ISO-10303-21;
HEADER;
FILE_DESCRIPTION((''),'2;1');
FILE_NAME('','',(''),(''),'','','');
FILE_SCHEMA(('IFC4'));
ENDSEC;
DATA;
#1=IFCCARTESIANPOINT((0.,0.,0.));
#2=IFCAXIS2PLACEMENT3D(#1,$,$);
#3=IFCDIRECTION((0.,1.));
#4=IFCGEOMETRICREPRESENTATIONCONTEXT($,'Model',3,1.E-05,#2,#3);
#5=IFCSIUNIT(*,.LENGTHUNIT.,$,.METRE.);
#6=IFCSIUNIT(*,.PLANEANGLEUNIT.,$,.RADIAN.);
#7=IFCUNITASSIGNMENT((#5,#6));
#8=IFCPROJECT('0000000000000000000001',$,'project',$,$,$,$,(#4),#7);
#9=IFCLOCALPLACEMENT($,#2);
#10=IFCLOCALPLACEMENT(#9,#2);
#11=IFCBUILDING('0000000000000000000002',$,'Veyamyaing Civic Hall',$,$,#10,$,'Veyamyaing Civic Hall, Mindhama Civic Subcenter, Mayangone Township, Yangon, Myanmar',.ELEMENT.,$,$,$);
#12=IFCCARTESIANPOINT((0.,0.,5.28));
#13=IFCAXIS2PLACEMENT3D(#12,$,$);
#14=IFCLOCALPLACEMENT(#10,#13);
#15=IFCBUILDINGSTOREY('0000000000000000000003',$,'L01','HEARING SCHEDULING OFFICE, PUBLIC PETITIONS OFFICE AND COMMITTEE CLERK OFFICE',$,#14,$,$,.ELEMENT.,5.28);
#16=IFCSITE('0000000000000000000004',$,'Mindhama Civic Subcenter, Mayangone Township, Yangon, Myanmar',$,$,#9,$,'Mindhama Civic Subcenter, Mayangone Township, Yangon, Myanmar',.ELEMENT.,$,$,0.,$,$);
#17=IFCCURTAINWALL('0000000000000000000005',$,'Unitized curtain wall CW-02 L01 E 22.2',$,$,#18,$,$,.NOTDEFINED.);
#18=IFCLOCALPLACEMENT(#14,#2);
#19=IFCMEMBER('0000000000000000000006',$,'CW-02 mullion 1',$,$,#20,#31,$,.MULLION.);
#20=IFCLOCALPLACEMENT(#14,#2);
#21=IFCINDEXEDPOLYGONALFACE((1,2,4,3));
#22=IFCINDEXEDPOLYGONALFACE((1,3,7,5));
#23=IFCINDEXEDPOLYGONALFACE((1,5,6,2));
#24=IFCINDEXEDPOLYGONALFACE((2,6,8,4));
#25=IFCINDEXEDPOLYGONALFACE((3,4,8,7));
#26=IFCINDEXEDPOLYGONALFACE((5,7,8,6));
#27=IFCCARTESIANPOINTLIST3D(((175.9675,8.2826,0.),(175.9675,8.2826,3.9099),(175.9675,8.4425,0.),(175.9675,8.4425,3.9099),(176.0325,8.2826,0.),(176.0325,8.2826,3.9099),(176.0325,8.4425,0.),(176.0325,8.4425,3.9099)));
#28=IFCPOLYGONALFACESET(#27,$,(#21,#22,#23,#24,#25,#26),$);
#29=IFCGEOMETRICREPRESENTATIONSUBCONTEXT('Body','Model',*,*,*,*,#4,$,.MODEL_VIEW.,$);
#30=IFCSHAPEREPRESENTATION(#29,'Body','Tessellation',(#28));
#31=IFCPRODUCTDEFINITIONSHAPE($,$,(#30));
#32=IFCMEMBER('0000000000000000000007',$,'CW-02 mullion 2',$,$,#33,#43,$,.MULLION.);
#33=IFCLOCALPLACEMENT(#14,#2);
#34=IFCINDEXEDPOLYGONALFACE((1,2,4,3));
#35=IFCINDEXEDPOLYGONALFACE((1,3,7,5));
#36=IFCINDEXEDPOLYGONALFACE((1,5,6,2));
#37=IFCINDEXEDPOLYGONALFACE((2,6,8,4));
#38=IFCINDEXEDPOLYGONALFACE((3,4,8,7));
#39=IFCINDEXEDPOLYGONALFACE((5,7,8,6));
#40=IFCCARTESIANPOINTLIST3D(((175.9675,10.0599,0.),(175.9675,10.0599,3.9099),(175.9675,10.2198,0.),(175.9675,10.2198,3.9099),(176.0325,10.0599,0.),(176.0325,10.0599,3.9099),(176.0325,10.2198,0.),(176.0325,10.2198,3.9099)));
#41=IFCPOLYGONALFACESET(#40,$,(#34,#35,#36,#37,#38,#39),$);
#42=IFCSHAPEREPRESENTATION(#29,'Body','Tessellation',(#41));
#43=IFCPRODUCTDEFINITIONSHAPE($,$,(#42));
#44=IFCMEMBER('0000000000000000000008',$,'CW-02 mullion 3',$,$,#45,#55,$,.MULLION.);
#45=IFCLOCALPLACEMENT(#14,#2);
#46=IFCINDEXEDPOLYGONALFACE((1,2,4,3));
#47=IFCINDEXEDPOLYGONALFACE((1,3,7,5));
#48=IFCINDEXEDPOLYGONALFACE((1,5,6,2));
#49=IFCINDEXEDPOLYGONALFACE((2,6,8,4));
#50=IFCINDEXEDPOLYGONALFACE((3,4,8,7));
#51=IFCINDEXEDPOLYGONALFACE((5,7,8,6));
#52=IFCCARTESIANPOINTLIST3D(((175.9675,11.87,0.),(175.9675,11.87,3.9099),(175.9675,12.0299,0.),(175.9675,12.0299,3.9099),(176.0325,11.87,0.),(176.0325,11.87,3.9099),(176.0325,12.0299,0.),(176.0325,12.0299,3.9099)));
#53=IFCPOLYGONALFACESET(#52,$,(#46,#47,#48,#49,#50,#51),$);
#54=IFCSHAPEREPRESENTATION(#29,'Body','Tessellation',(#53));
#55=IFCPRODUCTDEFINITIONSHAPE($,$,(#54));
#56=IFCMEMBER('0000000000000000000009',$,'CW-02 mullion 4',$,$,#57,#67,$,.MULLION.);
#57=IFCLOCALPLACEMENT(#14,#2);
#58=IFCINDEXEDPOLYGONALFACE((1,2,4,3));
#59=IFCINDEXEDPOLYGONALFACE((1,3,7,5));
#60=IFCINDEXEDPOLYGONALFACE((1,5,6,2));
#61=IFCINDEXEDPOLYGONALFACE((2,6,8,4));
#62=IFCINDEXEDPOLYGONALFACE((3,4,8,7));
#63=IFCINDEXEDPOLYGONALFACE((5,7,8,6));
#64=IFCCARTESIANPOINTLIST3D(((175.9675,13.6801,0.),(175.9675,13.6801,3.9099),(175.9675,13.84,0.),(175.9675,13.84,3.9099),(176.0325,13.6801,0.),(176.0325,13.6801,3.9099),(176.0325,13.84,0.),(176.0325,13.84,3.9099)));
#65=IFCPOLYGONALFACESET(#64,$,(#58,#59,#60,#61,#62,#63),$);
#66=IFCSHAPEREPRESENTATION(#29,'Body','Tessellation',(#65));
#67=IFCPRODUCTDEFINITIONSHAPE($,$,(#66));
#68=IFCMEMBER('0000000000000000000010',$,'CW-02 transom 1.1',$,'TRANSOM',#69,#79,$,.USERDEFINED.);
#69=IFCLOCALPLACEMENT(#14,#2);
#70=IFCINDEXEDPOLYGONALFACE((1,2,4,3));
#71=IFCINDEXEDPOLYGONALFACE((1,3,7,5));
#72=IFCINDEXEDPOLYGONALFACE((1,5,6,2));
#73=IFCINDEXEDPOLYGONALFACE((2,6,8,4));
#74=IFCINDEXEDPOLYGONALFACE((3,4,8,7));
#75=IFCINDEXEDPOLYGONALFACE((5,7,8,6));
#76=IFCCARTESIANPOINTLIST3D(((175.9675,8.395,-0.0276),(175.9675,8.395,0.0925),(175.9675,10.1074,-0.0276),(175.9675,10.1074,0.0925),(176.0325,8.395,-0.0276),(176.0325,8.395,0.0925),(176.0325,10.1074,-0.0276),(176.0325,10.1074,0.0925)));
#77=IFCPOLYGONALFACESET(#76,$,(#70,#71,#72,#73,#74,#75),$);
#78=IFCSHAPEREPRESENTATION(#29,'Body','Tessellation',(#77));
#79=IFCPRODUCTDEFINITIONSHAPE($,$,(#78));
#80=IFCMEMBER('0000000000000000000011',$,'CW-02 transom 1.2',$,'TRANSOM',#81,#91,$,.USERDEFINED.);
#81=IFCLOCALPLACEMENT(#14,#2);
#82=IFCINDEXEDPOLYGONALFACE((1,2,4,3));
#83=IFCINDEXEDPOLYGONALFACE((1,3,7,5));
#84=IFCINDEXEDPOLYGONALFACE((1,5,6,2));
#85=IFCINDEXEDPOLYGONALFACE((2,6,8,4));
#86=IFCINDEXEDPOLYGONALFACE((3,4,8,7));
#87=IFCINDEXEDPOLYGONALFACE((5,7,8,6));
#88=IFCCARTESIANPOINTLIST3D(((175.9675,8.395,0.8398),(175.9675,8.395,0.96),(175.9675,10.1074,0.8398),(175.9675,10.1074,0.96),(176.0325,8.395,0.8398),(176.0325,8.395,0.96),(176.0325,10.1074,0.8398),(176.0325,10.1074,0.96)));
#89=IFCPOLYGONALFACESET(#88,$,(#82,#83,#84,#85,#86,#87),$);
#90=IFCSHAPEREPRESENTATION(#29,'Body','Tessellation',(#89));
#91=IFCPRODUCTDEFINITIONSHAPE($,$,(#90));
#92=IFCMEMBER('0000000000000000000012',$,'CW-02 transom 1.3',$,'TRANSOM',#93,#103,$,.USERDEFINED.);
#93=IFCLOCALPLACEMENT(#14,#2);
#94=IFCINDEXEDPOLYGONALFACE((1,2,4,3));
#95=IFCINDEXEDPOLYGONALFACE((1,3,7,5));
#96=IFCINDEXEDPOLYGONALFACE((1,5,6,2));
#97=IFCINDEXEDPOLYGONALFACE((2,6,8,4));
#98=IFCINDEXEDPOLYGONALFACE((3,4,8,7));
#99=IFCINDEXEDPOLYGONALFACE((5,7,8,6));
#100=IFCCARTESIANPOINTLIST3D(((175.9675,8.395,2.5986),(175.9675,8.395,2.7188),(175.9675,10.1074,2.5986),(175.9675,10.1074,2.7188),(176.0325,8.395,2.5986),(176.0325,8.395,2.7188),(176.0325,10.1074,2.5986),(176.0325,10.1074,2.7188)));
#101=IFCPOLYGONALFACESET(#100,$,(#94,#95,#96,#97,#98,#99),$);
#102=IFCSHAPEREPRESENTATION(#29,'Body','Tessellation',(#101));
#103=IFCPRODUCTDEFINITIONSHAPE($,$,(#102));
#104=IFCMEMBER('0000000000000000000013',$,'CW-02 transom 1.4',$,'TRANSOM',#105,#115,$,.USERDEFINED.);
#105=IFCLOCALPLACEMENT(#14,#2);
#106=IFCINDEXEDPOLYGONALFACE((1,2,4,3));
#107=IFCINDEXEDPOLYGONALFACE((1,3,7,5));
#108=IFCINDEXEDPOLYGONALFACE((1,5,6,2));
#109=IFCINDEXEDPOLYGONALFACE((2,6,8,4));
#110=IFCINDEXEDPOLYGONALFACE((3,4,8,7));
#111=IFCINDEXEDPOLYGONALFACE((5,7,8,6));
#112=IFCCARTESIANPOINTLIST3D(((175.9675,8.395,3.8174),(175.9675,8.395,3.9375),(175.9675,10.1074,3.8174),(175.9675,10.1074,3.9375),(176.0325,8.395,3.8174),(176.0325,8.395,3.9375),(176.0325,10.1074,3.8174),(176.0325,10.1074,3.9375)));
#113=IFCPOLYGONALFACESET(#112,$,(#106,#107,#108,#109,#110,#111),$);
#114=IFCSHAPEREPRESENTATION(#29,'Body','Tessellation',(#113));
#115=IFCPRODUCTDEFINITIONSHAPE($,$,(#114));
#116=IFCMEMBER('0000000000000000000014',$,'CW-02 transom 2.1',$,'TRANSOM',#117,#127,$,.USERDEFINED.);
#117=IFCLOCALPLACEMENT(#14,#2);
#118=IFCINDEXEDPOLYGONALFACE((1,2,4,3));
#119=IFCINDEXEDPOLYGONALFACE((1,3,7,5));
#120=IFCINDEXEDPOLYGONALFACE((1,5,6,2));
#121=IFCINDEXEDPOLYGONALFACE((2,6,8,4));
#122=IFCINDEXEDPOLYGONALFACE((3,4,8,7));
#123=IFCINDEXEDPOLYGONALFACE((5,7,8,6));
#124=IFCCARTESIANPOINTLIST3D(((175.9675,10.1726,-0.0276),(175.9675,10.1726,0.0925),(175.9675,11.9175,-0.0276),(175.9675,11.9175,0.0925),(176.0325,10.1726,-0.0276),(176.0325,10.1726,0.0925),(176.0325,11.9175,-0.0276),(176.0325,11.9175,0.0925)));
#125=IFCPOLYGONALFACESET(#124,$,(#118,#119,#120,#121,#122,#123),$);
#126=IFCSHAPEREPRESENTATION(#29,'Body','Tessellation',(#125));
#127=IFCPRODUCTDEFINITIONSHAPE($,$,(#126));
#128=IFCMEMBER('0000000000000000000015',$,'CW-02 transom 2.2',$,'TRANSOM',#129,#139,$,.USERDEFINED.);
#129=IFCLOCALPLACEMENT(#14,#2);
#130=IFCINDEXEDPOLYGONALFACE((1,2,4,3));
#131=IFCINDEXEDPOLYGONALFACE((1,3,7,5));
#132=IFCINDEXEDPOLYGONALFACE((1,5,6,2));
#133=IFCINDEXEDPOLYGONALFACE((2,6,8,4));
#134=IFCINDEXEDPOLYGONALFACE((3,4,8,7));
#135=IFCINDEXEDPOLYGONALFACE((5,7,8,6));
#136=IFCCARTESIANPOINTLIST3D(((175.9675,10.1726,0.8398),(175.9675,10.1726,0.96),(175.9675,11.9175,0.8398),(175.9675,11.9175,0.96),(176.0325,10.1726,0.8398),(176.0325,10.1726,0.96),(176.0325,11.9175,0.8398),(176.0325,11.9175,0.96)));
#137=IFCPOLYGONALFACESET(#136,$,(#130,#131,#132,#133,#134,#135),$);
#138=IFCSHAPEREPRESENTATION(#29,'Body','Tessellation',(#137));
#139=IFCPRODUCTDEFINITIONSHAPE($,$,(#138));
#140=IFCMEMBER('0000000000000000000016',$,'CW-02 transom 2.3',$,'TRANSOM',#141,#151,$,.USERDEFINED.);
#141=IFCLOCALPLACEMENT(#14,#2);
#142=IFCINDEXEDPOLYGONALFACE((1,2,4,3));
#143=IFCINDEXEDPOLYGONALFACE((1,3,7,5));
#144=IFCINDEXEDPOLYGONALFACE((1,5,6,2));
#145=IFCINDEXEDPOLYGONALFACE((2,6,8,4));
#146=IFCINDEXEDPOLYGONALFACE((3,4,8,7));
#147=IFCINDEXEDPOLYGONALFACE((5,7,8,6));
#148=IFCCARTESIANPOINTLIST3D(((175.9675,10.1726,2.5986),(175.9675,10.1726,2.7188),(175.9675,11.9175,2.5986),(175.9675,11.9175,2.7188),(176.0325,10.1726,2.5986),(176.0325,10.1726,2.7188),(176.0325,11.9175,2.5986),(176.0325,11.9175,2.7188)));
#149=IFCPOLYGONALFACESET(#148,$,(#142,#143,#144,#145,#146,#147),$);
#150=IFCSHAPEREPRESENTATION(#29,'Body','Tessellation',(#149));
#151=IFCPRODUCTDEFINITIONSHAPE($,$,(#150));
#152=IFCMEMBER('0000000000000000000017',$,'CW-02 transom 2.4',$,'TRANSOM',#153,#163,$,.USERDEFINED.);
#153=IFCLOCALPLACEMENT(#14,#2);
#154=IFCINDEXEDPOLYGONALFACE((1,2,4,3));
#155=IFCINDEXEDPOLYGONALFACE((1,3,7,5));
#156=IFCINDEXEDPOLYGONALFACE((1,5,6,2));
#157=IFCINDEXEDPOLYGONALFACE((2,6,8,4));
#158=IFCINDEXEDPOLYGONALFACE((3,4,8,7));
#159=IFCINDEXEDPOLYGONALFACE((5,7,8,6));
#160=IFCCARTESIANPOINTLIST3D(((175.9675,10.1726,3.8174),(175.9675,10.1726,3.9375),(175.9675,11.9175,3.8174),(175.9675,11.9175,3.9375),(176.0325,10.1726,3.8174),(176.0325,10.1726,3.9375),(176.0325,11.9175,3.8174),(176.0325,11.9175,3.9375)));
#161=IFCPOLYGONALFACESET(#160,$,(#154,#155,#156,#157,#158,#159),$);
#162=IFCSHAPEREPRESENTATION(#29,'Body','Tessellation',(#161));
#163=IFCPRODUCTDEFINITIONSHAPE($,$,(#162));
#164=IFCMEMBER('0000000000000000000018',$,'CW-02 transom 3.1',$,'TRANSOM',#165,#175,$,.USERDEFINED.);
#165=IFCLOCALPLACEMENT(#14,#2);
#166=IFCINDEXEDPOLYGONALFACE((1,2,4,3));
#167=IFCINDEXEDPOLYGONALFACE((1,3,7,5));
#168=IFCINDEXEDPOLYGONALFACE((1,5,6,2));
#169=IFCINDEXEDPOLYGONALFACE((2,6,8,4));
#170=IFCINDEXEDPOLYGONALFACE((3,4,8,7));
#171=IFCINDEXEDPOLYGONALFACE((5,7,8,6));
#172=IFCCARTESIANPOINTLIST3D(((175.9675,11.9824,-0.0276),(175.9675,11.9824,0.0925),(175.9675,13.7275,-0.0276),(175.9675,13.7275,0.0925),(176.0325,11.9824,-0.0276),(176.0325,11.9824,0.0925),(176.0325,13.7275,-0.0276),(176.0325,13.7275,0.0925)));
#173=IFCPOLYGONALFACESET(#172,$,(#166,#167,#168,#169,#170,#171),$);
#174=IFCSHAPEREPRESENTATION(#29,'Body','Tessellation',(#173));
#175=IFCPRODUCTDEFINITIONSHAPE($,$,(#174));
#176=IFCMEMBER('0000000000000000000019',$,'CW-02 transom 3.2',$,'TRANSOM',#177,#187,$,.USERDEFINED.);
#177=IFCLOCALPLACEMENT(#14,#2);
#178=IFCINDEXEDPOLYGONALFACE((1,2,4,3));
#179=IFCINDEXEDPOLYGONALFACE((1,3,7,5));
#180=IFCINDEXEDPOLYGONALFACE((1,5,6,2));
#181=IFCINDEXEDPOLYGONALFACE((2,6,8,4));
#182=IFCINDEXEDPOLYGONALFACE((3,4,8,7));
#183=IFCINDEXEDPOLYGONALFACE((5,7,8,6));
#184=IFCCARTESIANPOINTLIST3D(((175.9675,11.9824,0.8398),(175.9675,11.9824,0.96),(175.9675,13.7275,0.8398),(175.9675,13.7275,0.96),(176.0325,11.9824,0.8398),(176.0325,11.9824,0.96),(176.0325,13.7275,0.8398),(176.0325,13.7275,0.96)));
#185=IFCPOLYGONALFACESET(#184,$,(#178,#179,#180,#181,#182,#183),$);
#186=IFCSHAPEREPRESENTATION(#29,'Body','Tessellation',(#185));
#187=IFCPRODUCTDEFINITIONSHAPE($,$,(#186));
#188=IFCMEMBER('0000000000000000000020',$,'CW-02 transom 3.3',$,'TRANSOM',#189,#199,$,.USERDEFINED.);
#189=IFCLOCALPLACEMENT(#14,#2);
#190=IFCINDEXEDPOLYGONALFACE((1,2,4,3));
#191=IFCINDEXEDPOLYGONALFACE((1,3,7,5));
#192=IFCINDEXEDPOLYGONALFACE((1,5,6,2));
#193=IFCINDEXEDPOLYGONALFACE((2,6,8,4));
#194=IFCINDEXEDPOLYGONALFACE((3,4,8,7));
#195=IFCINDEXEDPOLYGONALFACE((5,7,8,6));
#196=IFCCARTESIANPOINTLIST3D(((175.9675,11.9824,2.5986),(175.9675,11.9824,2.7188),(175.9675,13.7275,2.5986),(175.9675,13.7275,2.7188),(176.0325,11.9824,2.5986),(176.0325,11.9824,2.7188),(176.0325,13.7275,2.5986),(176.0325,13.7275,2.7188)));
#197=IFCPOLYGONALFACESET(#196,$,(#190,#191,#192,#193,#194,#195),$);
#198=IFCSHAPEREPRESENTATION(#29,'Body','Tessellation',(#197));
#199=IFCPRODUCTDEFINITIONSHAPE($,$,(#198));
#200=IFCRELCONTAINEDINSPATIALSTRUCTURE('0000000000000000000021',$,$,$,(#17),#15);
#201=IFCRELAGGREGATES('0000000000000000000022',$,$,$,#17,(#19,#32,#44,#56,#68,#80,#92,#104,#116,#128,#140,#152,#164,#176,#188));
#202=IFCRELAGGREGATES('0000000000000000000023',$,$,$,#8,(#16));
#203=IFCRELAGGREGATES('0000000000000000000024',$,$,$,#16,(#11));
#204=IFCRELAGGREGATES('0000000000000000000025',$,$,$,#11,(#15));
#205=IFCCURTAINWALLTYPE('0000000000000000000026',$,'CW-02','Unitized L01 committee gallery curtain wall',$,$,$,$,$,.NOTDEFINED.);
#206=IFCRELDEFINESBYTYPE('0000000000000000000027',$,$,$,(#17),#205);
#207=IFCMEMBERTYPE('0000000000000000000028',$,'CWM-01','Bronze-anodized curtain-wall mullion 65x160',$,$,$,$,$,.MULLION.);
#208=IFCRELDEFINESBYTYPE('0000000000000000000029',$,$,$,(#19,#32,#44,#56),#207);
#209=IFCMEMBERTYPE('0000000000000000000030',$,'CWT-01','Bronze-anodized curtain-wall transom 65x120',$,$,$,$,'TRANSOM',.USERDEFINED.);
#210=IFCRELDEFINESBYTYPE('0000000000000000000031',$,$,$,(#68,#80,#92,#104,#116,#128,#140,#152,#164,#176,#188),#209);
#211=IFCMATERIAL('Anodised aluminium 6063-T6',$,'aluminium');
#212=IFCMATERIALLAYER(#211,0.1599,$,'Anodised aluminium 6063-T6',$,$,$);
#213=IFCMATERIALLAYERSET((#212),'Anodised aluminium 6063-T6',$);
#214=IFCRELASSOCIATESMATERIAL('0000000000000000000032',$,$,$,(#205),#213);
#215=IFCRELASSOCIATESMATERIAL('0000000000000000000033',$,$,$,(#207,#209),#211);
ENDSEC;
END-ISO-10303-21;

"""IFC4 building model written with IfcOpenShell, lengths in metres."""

from ifc_helpers import new_model, si_unit, direction, frame, origin, origin_2d, place, context, subcontext, project, spatial, rectangle, extrude, material, layer, layer_set, material_profile, profile_set, type_object, element, aggregate, save


model = new_model("IFC4")

# Units and contexts
model_context = context("Model", 3, precision=1e-05, world=origin(), true_north=direction((0.0, 1.0)))
body_context = subcontext(model_context, "Body", "Model", "MODEL_VIEW")
ifc_project = project(units=[si_unit("LENGTHUNIT", "METRE"), si_unit("PLANEANGLEUNIT", "RADIAN")], contexts=[model_context])

# Site, building, storey
site_placement = place(None, origin())
site = spatial("IfcSite", under=ifc_project, at=site_placement, Name="Mindhama Civic Subcenter, Mayangone Township, Yangon, Myanmar", LongName="Mindhama Civic Subcenter, Mayangone Township, Yangon, Myanmar", CompositionType="ELEMENT", RefElevation=0.0)
building_placement = place(site_placement, origin())
building = spatial("IfcBuilding", under=site, at=building_placement, Name="Veyamyaing Civic Hall", LongName="Veyamyaing Civic Hall, Mindhama Civic Subcenter, Mayangone Township, Yangon, Myanmar", CompositionType="ELEMENT")
storey_placement = place(building_placement, frame((0.0, 0.0, 5.28)))
storey = spatial("IfcBuildingStorey", under=building, at=storey_placement, Name="L01", Description="HEARING SCHEDULING OFFICE, PUBLIC PETITIONS OFFICE AND COMMITTEE CLERK OFFICE", CompositionType="ELEMENT", Elevation=5.28)

# Curtain wall, members
ifc_material_1 = material(Name="Anodised aluminium 6063-T6", Category="aluminium")
ifc_layer_1 = layer(ifc_material_1, 0.1599, Name="Anodised aluminium 6063-T6")
ifc_layer_set_1 = layer_set([ifc_layer_1], Name="Anodised aluminium 6063-T6")
curtain_wall_type = type_object("IfcCurtainWallType", Name="CW-02", Description="Unitized L01 committee gallery curtain wall", PredefinedType="NOTDEFINED", material=ifc_layer_set_1)
curtain_wall_placement = place(storey_placement, origin())
curtain_wall = element("IfcCurtainWall", 1, at=curtain_wall_placement, inside=storey, type_object=curtain_wall_type, Name="Unitized curtain wall CW-02 L01 E 22.2", PredefinedType="NOTDEFINED")
ifc_material_profile_1 = material_profile(ifc_material_1, rectangle(XDim=0.0649, YDim=0.1599, at=origin_2d()), Name="ALU-MUL-65X160")
ifc_profile_set_1 = profile_set([ifc_material_profile_1], Name="Anodised aluminium 6063-T6")
member_type_1 = type_object("IfcMemberType", Name="CWM-01", Description="Bronze-anodized curtain-wall mullion 65x160", PredefinedType="MULLION", material=ifc_profile_set_1)
member_1_placement = place(storey_placement, frame((176.0, 8.3625, 0.0), z_axis=(0.0, 0.0, 1.0), x_axis=(-1.0, 0.0, 0.0)))
member_1 = element("IfcMember", 2, at=member_1_placement, type_object=member_type_1, Name="CW-02 mullion 1", PredefinedType="MULLION", context=body_context, shape_type="SweptSolid", body=[
    extrude(rectangle(XDim=0.0649, YDim=0.1599, at=origin_2d()), origin(), (0.0, 0.0, 1.0), 3.9099),
])
member_2_placement = place(storey_placement, frame((176.0, 10.1399, 0.0), z_axis=(0.0, 0.0, 1.0), x_axis=(-1.0, 0.0, 0.0)))
member_2 = element("IfcMember", 3, at=member_2_placement, type_object=member_type_1, Name="CW-02 mullion 2", PredefinedType="MULLION", context=body_context, shape_type="SweptSolid", body=[
    extrude(rectangle(XDim=0.0649, YDim=0.1599, at=origin_2d()), origin(), (0.0, 0.0, 1.0), 3.9099),
])
member_3_placement = place(storey_placement, frame((176.0, 11.95, 0.0), z_axis=(0.0, 0.0, 1.0), x_axis=(-1.0, 0.0, 0.0)))
member_3 = element("IfcMember", 4, at=member_3_placement, type_object=member_type_1, Name="CW-02 mullion 3", PredefinedType="MULLION", context=body_context, shape_type="SweptSolid", body=[
    extrude(rectangle(XDim=0.0649, YDim=0.1599, at=origin_2d()), origin(), (0.0, 0.0, 1.0), 3.9099),
])
member_4_placement = place(storey_placement, frame((176.0, 13.76, 0.0), z_axis=(0.0, 0.0, 1.0), x_axis=(-1.0, 0.0, 0.0)))
member_4 = element("IfcMember", 5, at=member_4_placement, type_object=member_type_1, Name="CW-02 mullion 4", PredefinedType="MULLION", context=body_context, shape_type="SweptSolid", body=[
    extrude(rectangle(XDim=0.0649, YDim=0.1599, at=origin_2d()), origin(), (0.0, 0.0, 1.0), 3.9099),
])
ifc_material_profile_2 = material_profile(ifc_material_1, rectangle(XDim=0.0649, YDim=0.1201, at=origin_2d()), Name="ALU-TRN-65X120")
ifc_profile_set_2 = profile_set([ifc_material_profile_2], Name="Anodised aluminium 6063-T6")
member_type_2 = type_object("IfcMemberType", Name="CWT-01", Description="Bronze-anodized curtain-wall transom 65x120", ElementType="TRANSOM", PredefinedType="USERDEFINED", material=ifc_profile_set_2)
member_5_placement = place(storey_placement, frame((176.0, 8.395, 0.0325), z_axis=(0.0, 1.0, 0.0), x_axis=(-1.0, 0.0, 0.0)))
member_5 = element("IfcMember", 6, at=member_5_placement, type_object=member_type_2, Name="CW-02 transom 1.1", ObjectType="TRANSOM", PredefinedType="USERDEFINED", context=body_context, shape_type="SweptSolid", body=[
    extrude(rectangle(XDim=0.0649, YDim=0.1201, at=origin_2d()), origin(), (0.0, 0.0, 1.0), 1.7124),
])
member_6_placement = place(storey_placement, frame((176.0, 8.395, 0.8999), z_axis=(0.0, 1.0, 0.0), x_axis=(-1.0, 0.0, 0.0)))
member_6 = element("IfcMember", 7, at=member_6_placement, type_object=member_type_2, Name="CW-02 transom 1.2", ObjectType="TRANSOM", PredefinedType="USERDEFINED", context=body_context, shape_type="SweptSolid", body=[
    extrude(rectangle(XDim=0.0649, YDim=0.1201, at=origin_2d()), origin(), (0.0, 0.0, 1.0), 1.7124),
])
member_7_placement = place(storey_placement, frame((176.0, 8.395, 2.6587), z_axis=(0.0, 1.0, 0.0), x_axis=(-1.0, 0.0, 0.0)))
member_7 = element("IfcMember", 8, at=member_7_placement, type_object=member_type_2, Name="CW-02 transom 1.3", ObjectType="TRANSOM", PredefinedType="USERDEFINED", context=body_context, shape_type="SweptSolid", body=[
    extrude(rectangle(XDim=0.0649, YDim=0.1201, at=origin_2d()), origin(), (0.0, 0.0, 1.0), 1.7124),
])
member_8_placement = place(storey_placement, frame((176.0, 8.395, 3.8774), z_axis=(0.0, 1.0, 0.0), x_axis=(-1.0, 0.0, 0.0)))
member_8 = element("IfcMember", 9, at=member_8_placement, type_object=member_type_2, Name="CW-02 transom 1.4", ObjectType="TRANSOM", PredefinedType="USERDEFINED", context=body_context, shape_type="SweptSolid", body=[
    extrude(rectangle(XDim=0.0649, YDim=0.1201, at=origin_2d()), origin(), (0.0, 0.0, 1.0), 1.7124),
])
member_9_placement = place(storey_placement, frame((176.0, 10.1726, 0.0325), z_axis=(0.0, 1.0, 0.0), x_axis=(-1.0, 0.0, 0.0)))
member_9 = element("IfcMember", 10, at=member_9_placement, type_object=member_type_2, Name="CW-02 transom 2.1", ObjectType="TRANSOM", PredefinedType="USERDEFINED", context=body_context, shape_type="SweptSolid", body=[
    extrude(rectangle(XDim=0.0649, YDim=0.1201, at=origin_2d()), origin(), (0.0, 0.0, 1.0), 1.7449),
])
member_10_placement = place(storey_placement, frame((176.0, 10.1726, 0.8999), z_axis=(0.0, 1.0, 0.0), x_axis=(-1.0, 0.0, 0.0)))
member_10 = element("IfcMember", 11, at=member_10_placement, type_object=member_type_2, Name="CW-02 transom 2.2", ObjectType="TRANSOM", PredefinedType="USERDEFINED", context=body_context, shape_type="SweptSolid", body=[
    extrude(rectangle(XDim=0.0649, YDim=0.1201, at=origin_2d()), origin(), (0.0, 0.0, 1.0), 1.7449),
])
member_11_placement = place(storey_placement, frame((176.0, 10.1726, 2.6587), z_axis=(0.0, 1.0, 0.0), x_axis=(-1.0, 0.0, 0.0)))
member_11 = element("IfcMember", 12, at=member_11_placement, type_object=member_type_2, Name="CW-02 transom 2.3", ObjectType="TRANSOM", PredefinedType="USERDEFINED", context=body_context, shape_type="SweptSolid", body=[
    extrude(rectangle(XDim=0.0649, YDim=0.1201, at=origin_2d()), origin(), (0.0, 0.0, 1.0), 1.7449),
])
member_12_placement = place(storey_placement, frame((176.0, 10.1726, 3.8774), z_axis=(0.0, 1.0, 0.0), x_axis=(-1.0, 0.0, 0.0)))
member_12 = element("IfcMember", 13, at=member_12_placement, type_object=member_type_2, Name="CW-02 transom 2.4", ObjectType="TRANSOM", PredefinedType="USERDEFINED", context=body_context, shape_type="SweptSolid", body=[
    extrude(rectangle(XDim=0.0649, YDim=0.1201, at=origin_2d()), origin(), (0.0, 0.0, 1.0), 1.7449),
])
member_13_placement = place(storey_placement, frame((176.0, 11.9824, 0.0325), z_axis=(0.0, 1.0, 0.0), x_axis=(-1.0, 0.0, 0.0)))
member_13 = element("IfcMember", 14, at=member_13_placement, type_object=member_type_2, Name="CW-02 transom 3.1", ObjectType="TRANSOM", PredefinedType="USERDEFINED", context=body_context, shape_type="SweptSolid", body=[
    extrude(rectangle(XDim=0.0649, YDim=0.1201, at=origin_2d()), origin(), (0.0, 0.0, 1.0), 1.7451),
])
member_14_placement = place(storey_placement, frame((176.0, 11.9824, 0.8999), z_axis=(0.0, 1.0, 0.0), x_axis=(-1.0, 0.0, 0.0)))
member_14 = element("IfcMember", 15, at=member_14_placement, type_object=member_type_2, Name="CW-02 transom 3.2", ObjectType="TRANSOM", PredefinedType="USERDEFINED", context=body_context, shape_type="SweptSolid", body=[
    extrude(rectangle(XDim=0.0649, YDim=0.1201, at=origin_2d()), origin(), (0.0, 0.0, 1.0), 1.7451),
])
member_15_placement = place(storey_placement, frame((176.0, 11.9824, 2.6587), z_axis=(0.0, 1.0, 0.0), x_axis=(-1.0, 0.0, 0.0)))
member_15 = element("IfcMember", 16, at=member_15_placement, type_object=member_type_2, Name="CW-02 transom 3.3", ObjectType="TRANSOM", PredefinedType="USERDEFINED", context=body_context, shape_type="SweptSolid", body=[
    extrude(rectangle(XDim=0.0649, YDim=0.1201, at=origin_2d()), origin(), (0.0, 0.0, 1.0), 1.7451),
])
aggregate(curtain_wall, [member_1, member_2, member_3, member_4, member_5, member_6, member_7, member_8, member_9, member_10, member_11, member_12, member_13, member_14, member_15])

save(model, "model.ifc")
